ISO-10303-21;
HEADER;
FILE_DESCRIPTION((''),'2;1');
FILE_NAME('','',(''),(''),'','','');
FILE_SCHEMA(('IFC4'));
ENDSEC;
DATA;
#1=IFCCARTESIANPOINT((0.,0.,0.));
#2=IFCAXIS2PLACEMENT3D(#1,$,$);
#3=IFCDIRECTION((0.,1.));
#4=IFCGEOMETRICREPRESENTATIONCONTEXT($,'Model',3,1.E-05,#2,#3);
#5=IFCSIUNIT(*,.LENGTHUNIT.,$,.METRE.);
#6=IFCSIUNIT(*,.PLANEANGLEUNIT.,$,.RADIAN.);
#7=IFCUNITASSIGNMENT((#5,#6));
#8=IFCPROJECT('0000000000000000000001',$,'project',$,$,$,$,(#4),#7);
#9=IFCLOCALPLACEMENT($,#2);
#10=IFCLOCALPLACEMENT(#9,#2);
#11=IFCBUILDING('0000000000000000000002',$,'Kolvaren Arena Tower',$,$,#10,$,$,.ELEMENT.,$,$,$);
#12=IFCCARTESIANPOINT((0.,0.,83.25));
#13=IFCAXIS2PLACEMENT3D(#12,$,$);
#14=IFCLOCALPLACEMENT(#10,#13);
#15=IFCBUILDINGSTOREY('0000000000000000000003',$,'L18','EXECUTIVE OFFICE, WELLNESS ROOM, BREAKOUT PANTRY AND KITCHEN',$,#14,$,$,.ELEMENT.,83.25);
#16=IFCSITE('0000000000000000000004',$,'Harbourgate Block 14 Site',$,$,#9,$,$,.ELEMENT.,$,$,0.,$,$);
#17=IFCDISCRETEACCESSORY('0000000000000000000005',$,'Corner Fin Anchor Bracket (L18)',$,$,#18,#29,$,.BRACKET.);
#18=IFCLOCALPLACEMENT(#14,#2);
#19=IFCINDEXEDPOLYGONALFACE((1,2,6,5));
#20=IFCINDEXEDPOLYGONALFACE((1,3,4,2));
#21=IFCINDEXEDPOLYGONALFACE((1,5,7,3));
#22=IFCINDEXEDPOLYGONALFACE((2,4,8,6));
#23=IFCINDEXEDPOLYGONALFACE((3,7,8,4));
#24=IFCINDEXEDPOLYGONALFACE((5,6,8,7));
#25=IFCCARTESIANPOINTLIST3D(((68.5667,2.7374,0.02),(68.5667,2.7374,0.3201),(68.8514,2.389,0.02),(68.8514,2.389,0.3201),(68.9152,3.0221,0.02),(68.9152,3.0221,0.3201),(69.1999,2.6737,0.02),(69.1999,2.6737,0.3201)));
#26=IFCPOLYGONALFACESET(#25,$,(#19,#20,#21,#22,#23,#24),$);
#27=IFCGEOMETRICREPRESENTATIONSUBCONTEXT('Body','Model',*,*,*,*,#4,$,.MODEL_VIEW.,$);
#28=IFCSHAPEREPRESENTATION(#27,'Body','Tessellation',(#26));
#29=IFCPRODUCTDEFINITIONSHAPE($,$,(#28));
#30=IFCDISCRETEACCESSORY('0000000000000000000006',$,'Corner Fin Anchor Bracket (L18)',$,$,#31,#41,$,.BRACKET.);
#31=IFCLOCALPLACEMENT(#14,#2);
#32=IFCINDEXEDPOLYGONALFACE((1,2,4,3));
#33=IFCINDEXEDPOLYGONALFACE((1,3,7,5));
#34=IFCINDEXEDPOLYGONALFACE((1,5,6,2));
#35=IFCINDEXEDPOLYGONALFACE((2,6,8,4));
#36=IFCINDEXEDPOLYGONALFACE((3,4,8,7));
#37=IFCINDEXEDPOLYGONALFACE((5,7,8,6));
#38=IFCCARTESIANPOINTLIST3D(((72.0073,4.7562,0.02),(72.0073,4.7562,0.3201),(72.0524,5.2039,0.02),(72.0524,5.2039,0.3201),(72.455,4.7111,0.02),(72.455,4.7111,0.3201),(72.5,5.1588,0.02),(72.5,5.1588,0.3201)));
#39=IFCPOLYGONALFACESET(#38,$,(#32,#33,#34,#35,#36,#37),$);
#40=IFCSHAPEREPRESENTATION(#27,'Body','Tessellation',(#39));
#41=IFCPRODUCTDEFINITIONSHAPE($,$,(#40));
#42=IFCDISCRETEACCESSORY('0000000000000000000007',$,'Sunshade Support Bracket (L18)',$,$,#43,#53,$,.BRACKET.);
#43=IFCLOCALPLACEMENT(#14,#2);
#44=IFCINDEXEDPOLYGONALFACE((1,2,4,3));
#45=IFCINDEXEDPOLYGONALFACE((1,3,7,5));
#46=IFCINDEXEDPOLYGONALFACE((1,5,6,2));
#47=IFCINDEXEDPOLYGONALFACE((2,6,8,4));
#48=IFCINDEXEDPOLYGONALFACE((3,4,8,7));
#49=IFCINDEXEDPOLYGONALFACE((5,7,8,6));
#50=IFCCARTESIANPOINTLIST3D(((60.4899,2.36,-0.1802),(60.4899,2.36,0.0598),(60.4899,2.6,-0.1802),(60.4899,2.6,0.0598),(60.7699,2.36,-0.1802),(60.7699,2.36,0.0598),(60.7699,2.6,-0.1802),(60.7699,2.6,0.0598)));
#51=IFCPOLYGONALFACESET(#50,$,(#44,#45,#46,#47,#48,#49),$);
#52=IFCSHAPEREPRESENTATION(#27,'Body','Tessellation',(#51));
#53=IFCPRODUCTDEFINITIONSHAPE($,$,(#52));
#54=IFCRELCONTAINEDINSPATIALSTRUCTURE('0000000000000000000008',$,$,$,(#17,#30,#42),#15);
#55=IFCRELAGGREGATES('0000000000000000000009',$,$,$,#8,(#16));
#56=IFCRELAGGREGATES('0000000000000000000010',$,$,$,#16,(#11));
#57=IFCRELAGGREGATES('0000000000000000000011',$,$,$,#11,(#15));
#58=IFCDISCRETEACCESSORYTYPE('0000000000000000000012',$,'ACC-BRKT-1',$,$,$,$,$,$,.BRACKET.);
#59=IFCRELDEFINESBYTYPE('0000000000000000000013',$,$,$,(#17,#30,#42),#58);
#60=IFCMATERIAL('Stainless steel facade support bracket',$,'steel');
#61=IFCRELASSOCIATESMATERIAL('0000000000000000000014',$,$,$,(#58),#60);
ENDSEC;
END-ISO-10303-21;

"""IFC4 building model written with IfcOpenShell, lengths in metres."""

from ifc_helpers import new_model, si_unit, direction, frame, origin, origin_2d, place, context, subcontext, project, spatial, rectangle, extrude, material, type_object, element, save


model = new_model("IFC4")

# Units and contexts
model_context = context("Model", 3, precision=1e-05, world=origin(), true_north=direction((0.0, 1.0)))
body_context = subcontext(model_context, "Body", "Model", "MODEL_VIEW")
ifc_project = project(units=[si_unit("LENGTHUNIT", "METRE"), si_unit("PLANEANGLEUNIT", "RADIAN")], contexts=[model_context])

# Site, building, storey
site_placement = place(None, origin())
site = spatial("IfcSite", under=ifc_project, at=site_placement, Name="Harbourgate Block 14 Site", CompositionType="ELEMENT", RefElevation=0.0)
building_placement = place(site_placement, origin())
building = spatial("IfcBuilding", under=site, at=building_placement, Name="Kolvaren Arena Tower", CompositionType="ELEMENT")
storey_placement = place(building_placement, frame((0.0, 0.0, 83.25)))
storey = spatial("IfcBuildingStorey", under=building, at=storey_placement, Name="L18", Description="EXECUTIVE OFFICE, WELLNESS ROOM, BREAKOUT PANTRY AND KITCHEN", CompositionType="ELEMENT", Elevation=83.25)

# Discrete accessories
ifc_material_1 = material(Name="Stainless steel facade support bracket", Category="steel")
discrete_accessory_type = type_object("IfcDiscreteAccessoryType", Name="ACC-BRKT-1", PredefinedType="BRACKET", material=ifc_material_1)
for number, where, z_axis, x_axis, name in (
    (1, (68.8833, 2.7056, 0.02), (0.0, 0.0, 1.0), (0.632723, -0.774378, 0.0), "Corner Fin Anchor Bracket (L18)"),
    (2, (72.2537, 4.9575, 0.02), (0.0, 0.0, 1.0), (0.994972, -0.100155, 0.0), "Corner Fin Anchor Bracket (L18)"),
):
    element("IfcDiscreteAccessory", number, at=place(storey_placement, frame(where, z_axis=z_axis, x_axis=x_axis)), inside=storey, type_object=discrete_accessory_type, Name=name, PredefinedType="BRACKET", context=body_context, shape_type="SweptSolid", body=[
        extrude(rectangle(XDim=0.45, YDim=0.45, at=origin_2d()), origin(), (0.0, 0.0, 1.0), 0.3),
    ])
discrete_accessory_placement = place(storey_placement, frame((60.6299, 2.48, -0.1802), z_axis=(0.0, 0.0, 1.0), x_axis=(-1.0, 0.0, 0.0)))
element("IfcDiscreteAccessory", 3, at=discrete_accessory_placement, inside=storey, type_object=discrete_accessory_type, Name="Sunshade Support Bracket (L18)", PredefinedType="BRACKET", context=body_context, shape_type="SweptSolid", body=[
    extrude(rectangle(XDim=0.28, YDim=0.24, at=origin_2d()), origin(), (0.0, 0.0, 1.0), 0.24),
])

save(model, "model.ifc")
